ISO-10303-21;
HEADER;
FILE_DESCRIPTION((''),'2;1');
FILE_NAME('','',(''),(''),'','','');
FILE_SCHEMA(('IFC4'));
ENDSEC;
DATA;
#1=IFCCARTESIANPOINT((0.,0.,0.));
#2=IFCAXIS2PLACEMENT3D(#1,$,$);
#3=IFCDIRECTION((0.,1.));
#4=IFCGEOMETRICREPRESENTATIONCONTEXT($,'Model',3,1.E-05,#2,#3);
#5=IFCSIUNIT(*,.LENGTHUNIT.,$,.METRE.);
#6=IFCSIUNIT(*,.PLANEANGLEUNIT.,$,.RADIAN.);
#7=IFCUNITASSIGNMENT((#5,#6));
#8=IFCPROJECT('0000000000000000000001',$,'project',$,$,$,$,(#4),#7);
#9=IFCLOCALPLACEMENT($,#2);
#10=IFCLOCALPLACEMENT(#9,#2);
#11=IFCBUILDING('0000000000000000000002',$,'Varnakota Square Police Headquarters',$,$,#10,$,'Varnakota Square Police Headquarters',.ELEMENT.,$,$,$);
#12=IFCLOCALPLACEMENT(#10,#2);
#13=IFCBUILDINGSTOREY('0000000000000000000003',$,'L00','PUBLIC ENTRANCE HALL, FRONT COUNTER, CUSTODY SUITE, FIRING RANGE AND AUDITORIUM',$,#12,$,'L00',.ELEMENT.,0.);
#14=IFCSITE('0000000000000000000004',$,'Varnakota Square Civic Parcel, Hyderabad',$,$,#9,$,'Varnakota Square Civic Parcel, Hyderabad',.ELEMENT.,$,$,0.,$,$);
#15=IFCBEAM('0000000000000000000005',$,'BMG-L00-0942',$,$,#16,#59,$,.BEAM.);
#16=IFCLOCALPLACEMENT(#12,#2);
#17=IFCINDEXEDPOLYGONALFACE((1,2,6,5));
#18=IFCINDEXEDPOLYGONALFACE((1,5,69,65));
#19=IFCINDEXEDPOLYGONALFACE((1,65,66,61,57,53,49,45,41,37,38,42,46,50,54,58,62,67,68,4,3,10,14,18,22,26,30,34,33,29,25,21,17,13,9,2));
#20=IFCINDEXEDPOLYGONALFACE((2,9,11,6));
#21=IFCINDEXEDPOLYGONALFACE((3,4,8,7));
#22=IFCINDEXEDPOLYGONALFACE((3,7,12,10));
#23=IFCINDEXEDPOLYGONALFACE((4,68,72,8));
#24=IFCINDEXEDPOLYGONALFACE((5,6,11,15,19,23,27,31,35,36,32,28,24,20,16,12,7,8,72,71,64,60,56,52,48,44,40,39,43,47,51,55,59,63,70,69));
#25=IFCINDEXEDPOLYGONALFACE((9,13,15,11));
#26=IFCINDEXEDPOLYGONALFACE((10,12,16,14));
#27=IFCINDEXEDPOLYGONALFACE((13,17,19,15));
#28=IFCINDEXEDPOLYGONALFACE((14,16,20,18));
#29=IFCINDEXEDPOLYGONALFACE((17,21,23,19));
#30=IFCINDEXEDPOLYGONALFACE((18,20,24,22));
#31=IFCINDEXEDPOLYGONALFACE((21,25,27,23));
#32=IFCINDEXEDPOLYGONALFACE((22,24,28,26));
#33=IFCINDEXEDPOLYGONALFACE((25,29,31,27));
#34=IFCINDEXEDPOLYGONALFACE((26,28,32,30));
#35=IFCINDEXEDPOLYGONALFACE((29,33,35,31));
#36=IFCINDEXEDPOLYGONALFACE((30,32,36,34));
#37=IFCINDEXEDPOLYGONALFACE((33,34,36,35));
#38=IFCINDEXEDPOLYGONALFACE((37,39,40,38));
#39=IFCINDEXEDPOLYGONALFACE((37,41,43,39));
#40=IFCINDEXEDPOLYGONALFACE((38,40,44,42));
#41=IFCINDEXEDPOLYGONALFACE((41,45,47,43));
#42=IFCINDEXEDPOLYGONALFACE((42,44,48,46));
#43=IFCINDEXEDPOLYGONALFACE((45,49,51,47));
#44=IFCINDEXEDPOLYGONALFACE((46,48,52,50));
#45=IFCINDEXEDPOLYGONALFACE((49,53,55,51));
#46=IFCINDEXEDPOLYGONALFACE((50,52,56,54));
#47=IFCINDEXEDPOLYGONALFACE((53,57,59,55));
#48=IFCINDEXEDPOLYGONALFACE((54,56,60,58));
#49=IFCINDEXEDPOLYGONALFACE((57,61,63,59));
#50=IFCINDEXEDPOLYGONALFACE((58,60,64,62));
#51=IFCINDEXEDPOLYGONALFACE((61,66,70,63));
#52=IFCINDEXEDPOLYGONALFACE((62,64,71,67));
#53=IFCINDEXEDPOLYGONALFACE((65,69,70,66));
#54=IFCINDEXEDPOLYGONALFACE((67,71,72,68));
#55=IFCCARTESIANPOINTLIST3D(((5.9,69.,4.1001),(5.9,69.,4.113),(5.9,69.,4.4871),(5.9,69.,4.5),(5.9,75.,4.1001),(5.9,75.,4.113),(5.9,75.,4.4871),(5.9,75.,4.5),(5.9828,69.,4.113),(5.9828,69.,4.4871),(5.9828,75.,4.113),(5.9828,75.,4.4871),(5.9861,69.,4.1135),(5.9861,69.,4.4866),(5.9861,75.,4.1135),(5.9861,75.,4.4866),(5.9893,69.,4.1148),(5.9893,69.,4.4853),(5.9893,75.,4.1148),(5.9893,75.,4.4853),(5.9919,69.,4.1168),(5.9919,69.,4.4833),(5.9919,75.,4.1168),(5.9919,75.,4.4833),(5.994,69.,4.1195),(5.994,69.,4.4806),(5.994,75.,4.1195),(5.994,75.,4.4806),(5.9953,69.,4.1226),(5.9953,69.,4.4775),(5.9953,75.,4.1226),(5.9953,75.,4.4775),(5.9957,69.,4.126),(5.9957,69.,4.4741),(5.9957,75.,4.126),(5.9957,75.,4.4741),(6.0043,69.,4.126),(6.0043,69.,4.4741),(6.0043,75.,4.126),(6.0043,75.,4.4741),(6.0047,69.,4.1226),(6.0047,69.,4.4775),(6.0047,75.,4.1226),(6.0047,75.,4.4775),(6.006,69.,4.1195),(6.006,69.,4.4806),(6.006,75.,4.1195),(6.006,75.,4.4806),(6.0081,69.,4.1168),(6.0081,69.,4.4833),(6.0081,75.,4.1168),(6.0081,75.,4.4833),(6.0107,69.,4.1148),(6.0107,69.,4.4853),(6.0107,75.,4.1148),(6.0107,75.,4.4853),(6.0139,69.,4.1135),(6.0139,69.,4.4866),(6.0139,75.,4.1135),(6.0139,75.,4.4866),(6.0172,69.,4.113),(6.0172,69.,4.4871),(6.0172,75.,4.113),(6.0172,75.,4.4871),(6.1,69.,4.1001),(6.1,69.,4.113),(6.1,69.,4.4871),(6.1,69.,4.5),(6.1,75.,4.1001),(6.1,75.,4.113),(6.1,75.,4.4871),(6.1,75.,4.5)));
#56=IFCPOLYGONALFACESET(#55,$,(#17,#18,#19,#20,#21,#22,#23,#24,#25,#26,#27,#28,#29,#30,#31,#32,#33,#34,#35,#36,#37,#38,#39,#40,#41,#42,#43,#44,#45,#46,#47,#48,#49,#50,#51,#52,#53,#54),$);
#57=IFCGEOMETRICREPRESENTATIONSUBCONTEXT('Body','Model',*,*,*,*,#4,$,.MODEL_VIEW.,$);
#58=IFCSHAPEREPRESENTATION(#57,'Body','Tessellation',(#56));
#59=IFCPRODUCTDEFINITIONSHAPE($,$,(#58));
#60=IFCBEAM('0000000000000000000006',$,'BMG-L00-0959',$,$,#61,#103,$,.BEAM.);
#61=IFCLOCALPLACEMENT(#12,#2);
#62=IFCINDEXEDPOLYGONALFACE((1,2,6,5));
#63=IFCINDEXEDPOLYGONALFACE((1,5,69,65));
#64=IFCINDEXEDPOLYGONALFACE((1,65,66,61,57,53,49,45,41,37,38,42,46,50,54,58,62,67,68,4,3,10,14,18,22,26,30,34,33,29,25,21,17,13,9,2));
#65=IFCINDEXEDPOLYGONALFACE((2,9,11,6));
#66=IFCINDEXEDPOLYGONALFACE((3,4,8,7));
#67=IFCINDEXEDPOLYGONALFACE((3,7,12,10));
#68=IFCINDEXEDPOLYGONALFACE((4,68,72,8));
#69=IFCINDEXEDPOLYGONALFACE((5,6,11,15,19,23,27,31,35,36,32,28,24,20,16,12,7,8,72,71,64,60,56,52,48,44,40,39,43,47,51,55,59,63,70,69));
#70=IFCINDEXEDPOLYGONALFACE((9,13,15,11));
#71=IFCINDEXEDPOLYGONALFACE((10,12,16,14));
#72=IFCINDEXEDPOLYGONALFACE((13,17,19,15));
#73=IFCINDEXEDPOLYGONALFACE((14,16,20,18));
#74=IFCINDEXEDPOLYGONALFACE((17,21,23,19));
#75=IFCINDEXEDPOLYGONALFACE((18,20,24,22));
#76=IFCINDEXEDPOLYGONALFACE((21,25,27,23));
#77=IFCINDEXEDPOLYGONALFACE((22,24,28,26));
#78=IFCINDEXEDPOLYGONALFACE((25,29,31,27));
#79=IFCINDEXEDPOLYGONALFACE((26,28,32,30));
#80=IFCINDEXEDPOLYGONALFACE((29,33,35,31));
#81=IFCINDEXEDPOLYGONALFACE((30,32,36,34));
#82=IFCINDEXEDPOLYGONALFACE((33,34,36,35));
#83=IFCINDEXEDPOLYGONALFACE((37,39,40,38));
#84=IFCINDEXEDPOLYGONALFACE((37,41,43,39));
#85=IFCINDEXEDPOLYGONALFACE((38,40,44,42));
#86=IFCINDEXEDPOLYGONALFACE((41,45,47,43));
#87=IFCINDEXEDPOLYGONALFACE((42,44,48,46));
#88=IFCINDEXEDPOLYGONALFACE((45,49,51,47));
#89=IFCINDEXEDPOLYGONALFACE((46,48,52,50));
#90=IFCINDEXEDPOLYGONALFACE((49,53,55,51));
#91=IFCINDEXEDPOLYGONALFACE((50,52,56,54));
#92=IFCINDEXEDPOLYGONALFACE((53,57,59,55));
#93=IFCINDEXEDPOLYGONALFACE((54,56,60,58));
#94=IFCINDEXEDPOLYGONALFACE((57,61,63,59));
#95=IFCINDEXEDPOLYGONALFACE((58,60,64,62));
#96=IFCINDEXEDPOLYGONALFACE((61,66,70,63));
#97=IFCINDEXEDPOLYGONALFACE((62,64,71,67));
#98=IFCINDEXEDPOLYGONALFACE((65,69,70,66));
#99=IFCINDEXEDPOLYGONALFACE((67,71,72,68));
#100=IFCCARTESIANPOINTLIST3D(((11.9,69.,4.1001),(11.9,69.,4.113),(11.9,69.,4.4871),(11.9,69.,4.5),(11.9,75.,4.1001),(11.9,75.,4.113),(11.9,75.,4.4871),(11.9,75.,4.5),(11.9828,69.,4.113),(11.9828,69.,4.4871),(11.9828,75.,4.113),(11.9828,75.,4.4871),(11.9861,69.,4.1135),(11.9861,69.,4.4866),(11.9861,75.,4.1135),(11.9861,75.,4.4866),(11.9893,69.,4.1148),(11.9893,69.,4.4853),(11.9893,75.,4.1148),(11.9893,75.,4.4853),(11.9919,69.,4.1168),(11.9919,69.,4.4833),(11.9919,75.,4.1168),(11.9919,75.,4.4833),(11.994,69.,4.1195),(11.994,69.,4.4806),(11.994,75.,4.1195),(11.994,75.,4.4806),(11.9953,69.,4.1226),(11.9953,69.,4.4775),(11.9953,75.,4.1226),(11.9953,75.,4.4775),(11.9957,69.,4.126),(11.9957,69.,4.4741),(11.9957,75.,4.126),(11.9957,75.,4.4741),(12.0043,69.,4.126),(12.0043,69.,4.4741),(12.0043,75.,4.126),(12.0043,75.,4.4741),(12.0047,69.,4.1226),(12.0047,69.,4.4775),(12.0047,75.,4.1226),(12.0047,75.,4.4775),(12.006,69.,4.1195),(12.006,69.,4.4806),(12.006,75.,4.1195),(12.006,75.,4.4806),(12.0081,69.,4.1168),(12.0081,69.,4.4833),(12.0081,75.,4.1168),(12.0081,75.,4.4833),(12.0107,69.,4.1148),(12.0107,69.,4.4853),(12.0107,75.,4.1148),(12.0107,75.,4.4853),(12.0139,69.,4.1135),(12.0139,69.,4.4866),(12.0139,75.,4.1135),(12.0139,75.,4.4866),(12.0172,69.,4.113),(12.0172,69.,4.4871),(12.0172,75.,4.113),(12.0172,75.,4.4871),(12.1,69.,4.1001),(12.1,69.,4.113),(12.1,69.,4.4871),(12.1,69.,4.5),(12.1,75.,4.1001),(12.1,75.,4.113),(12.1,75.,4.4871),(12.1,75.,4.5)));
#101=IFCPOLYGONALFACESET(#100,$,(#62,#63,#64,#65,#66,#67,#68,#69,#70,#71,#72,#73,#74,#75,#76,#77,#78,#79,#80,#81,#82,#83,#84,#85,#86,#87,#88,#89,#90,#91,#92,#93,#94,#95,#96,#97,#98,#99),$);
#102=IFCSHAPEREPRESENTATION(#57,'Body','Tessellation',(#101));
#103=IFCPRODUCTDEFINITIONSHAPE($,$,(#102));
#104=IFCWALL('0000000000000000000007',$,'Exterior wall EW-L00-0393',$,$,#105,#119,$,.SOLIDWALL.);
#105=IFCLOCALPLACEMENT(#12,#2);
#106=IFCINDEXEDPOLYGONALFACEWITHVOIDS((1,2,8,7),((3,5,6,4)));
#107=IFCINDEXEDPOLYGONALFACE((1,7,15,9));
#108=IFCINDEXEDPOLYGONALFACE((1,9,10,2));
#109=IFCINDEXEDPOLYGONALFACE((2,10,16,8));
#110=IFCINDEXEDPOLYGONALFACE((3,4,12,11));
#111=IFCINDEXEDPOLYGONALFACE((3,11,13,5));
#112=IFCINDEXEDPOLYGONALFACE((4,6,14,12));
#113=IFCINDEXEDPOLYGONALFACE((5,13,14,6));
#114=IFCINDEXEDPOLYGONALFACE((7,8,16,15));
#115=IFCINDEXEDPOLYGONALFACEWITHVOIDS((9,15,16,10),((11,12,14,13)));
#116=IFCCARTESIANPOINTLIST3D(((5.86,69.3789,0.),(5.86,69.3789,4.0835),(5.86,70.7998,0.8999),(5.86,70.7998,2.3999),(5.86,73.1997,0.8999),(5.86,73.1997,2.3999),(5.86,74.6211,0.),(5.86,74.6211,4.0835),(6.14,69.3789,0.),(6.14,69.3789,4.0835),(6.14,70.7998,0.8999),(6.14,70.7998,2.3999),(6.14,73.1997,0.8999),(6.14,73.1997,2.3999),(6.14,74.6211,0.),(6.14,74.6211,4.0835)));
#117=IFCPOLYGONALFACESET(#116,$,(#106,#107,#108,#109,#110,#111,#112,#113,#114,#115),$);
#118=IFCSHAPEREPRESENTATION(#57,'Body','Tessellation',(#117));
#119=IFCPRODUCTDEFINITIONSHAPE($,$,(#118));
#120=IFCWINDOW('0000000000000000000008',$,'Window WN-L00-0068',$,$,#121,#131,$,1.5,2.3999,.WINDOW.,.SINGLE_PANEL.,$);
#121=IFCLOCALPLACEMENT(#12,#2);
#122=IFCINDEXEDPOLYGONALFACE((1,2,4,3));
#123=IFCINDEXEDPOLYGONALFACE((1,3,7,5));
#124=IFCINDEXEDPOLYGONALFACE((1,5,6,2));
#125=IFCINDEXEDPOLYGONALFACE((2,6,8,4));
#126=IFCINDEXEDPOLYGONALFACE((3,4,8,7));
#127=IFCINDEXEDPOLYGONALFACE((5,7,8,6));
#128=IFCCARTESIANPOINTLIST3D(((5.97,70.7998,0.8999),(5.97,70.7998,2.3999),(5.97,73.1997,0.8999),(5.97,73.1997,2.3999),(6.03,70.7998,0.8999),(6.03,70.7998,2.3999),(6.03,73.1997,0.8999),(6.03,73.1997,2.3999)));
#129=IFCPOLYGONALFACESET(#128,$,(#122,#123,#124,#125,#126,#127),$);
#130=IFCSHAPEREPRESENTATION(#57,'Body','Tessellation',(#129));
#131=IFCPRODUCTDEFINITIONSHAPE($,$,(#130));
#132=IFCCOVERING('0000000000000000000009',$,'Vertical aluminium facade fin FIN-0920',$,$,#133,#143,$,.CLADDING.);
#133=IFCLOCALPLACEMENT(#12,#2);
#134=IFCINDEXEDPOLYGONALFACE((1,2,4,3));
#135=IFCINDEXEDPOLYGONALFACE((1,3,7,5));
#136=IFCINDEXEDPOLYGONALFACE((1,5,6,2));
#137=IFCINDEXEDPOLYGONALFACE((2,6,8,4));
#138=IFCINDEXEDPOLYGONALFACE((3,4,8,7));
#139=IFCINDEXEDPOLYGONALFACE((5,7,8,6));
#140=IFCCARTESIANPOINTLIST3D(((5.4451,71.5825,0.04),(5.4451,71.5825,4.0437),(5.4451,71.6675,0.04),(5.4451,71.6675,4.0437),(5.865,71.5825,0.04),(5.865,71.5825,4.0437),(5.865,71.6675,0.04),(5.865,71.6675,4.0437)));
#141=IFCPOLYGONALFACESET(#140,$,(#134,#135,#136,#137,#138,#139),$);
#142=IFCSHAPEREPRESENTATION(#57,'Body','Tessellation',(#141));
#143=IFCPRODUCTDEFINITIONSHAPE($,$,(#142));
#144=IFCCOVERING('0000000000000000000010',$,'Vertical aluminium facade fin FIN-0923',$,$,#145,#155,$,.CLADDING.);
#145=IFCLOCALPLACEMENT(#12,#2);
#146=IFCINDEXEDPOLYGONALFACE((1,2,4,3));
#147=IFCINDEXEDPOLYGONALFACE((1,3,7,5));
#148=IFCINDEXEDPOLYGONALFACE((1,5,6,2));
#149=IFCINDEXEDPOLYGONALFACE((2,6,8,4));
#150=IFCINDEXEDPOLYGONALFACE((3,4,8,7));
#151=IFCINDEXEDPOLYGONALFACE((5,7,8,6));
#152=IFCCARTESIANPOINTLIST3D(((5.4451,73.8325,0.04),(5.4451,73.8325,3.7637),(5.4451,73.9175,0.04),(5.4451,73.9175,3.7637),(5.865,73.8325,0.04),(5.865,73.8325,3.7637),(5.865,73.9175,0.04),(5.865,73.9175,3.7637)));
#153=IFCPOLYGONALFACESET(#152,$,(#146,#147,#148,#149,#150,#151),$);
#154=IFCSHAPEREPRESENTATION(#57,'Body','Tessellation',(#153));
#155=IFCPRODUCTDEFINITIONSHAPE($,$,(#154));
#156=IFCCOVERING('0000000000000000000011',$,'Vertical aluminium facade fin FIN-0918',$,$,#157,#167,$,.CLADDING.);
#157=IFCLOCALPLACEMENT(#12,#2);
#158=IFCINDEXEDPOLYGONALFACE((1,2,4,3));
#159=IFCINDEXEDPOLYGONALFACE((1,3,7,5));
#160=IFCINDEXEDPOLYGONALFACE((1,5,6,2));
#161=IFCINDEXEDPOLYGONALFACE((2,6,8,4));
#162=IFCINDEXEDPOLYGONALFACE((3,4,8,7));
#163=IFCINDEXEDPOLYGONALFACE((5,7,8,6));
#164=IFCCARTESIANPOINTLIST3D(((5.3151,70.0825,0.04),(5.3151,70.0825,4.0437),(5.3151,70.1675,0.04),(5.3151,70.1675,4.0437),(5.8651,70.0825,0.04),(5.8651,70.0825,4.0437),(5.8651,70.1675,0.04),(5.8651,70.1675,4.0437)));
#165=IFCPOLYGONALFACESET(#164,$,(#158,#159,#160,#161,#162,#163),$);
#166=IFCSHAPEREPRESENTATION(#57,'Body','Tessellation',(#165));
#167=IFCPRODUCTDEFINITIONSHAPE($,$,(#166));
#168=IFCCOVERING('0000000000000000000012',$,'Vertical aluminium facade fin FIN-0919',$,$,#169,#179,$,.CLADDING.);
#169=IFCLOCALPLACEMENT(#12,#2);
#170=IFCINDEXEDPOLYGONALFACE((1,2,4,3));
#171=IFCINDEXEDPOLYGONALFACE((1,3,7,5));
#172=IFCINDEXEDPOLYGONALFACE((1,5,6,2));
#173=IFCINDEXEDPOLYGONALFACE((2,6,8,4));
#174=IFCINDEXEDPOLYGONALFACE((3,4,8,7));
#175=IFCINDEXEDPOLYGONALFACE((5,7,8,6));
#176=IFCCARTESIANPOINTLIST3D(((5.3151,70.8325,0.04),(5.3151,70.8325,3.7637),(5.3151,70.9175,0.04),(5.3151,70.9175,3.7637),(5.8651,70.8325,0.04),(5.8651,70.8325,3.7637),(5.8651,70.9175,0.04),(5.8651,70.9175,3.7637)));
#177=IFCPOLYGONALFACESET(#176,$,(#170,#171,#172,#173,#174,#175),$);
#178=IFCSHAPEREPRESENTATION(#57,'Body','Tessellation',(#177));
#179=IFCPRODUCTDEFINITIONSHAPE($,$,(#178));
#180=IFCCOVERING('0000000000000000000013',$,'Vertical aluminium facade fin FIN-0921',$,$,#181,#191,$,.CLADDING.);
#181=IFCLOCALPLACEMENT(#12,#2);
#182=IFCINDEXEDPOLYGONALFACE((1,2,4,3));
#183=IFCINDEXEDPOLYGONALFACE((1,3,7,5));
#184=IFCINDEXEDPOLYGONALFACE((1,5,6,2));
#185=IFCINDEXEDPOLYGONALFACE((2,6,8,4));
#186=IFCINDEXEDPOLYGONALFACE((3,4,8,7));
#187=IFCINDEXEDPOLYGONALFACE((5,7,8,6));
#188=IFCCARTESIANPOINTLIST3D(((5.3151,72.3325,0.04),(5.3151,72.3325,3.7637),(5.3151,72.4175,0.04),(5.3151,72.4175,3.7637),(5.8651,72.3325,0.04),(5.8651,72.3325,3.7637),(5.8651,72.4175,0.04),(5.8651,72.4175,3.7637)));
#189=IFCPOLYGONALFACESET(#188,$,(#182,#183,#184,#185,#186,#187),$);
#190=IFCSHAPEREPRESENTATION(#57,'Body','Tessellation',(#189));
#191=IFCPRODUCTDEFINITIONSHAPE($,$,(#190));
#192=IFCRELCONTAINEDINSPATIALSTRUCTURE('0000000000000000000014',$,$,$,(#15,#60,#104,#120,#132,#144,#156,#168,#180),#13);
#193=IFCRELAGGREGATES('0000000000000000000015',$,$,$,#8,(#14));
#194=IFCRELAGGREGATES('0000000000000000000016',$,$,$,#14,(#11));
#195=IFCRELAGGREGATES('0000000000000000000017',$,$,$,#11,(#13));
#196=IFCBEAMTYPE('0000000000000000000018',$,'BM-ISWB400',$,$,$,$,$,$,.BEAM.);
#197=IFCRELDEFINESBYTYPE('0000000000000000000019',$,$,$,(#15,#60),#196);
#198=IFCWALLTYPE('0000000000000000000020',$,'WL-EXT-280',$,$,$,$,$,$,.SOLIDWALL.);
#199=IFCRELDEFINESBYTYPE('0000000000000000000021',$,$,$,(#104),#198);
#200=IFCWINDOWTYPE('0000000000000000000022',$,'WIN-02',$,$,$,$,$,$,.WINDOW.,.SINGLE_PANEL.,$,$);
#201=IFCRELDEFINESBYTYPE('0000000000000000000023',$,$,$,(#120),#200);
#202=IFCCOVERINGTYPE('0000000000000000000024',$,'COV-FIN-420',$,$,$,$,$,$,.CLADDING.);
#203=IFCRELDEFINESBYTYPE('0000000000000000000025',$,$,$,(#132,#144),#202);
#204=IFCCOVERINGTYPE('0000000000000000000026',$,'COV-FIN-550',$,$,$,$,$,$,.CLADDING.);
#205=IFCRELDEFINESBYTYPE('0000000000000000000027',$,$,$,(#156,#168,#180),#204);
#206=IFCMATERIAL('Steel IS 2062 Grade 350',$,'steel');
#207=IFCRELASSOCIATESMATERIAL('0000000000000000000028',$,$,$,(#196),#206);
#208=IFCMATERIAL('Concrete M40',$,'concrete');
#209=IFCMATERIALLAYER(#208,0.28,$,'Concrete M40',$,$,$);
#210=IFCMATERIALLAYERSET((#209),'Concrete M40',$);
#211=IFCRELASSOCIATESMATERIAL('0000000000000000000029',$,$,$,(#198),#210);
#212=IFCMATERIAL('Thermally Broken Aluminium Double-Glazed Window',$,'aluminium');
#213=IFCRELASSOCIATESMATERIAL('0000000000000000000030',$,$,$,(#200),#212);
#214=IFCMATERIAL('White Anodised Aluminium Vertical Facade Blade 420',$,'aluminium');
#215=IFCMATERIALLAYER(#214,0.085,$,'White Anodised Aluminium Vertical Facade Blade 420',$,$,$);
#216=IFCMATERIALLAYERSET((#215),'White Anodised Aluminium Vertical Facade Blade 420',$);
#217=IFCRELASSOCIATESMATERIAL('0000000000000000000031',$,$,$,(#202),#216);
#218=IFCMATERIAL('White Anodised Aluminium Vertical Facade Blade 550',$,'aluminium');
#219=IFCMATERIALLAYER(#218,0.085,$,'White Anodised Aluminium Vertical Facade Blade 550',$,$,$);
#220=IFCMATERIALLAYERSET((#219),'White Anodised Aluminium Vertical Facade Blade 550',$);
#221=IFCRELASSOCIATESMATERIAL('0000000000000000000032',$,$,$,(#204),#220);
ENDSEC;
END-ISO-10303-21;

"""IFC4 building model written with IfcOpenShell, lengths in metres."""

from ifc_helpers import new_model, si_unit, direction, frame, frame_2d, origin, origin_2d, place, context, subcontext, project, spatial, rectangle, i_section, extrude, material, layer, layer_set, material_profile, profile_set, type_object, element, fill, save


model = new_model("IFC4")

# Units and contexts
model_context = context("Model", 3, precision=1e-05, world=origin(), true_north=direction((0.0, 1.0)))
body_context = subcontext(model_context, "Body", "Model", "MODEL_VIEW")
ifc_project = project(units=[si_unit("LENGTHUNIT", "METRE"), si_unit("PLANEANGLEUNIT", "RADIAN")], contexts=[model_context])

# Site, building, storey
site_placement = place(None, origin())
site = spatial("IfcSite", under=ifc_project, at=site_placement, Name="Varnakota Square Civic Parcel, Hyderabad", LongName="Varnakota Square Civic Parcel, Hyderabad", CompositionType="ELEMENT", RefElevation=0.0)
building_placement = place(site_placement, origin())
building = spatial("IfcBuilding", under=site, at=building_placement, Name="Varnakota Square Police Headquarters", LongName="Varnakota Square Police Headquarters", CompositionType="ELEMENT")
storey_placement = place(building_placement, origin())
storey = spatial("IfcBuildingStorey", under=building, at=storey_placement, Name="L00", Description="PUBLIC ENTRANCE HALL, FRONT COUNTER, CUSTODY SUITE, FIRING RANGE AND AUDITORIUM", LongName="L00", CompositionType="ELEMENT", Elevation=0.0)

# Beams
ifc_material_1 = material(Name="Steel IS 2062 Grade 350", Category="steel")
ifc_material_profile_1 = material_profile(ifc_material_1, i_section(OverallWidth=0.2, OverallDepth=0.3999, WebThickness=0.0085, FlangeThickness=0.0129, FilletRadius=0.0129, at=origin_2d()), Name="ISWB 400")
ifc_profile_set_1 = profile_set([ifc_material_profile_1], Name="Steel IS 2062 Grade 350")
beam_type_1 = type_object("IfcBeamType", Name="BM-ISWB400", PredefinedType="BEAM", material=ifc_profile_set_1)
for number, where, z_axis, x_axis, name in (
    (1, (6.0, 69.0, 4.3), (0.0, 1.0, 0.0), (-1.0, 0.0, 0.0), "BMG-L00-0942"),
    (2, (12.0, 69.0, 4.3), (0.0, 1.0, 0.0), (-1.0, 0.0, 0.0), "BMG-L00-0959"),
):
    element("IfcBeam", number, at=place(storey_placement, frame(where, z_axis=z_axis, x_axis=x_axis)), inside=storey, type_object=beam_type_1, Name=name, PredefinedType="BEAM", context=body_context, shape_type="SweptSolid", body=[
        extrude(i_section(OverallWidth=0.2, OverallDepth=0.3999, WebThickness=0.0085, FlangeThickness=0.0129, FilletRadius=0.0129, at=origin_2d()), origin(), (0.0, 0.0, 1.0), 6.0),
    ])

# Wall, opening, window
ifc_material_2 = material(Name="Concrete M40", Category="concrete")
ifc_layer_1 = layer(ifc_material_2, 0.28, Name="Concrete M40")
ifc_layer_set_1 = layer_set([ifc_layer_1], Name="Concrete M40")
wall_type = type_object("IfcWallType", Name="WL-EXT-280", PredefinedType="SOLIDWALL", material=ifc_layer_set_1)
wall_placement = place(storey_placement, frame((6.0, 69.3789, 0.0), z_axis=(0.0, 0.0, 1.0), x_axis=(0.0, 1.0, 0.0)))
wall = element("IfcWall", 3, at=wall_placement, inside=storey, type_object=wall_type, Name="Exterior wall EW-L00-0393", PredefinedType="SOLIDWALL", context=body_context, shape_type="SweptSolid", body=[
    extrude(rectangle(XDim=5.2422, YDim=0.28, at=frame_2d((2.6211, 0.0))), origin(), (0.0, 0.0, 1.0), 4.0835),
])
opening_placement = place(wall_placement, frame((1.4209, 0.0, 0.8999)))
opening = element("IfcOpeningElement", 4, at=opening_placement, cuts=wall, PredefinedType="OPENING", context=body_context, shape_type="SweptSolid", body=[
    extrude(rectangle(XDim=2.3999, YDim=1.5, at=frame_2d((1.2, 0.75))), frame((0.0, 0.1499, 0.0), z_axis=(0.0, -1.0, 0.0), x_axis=(1.0, 0.0, 0.0)), (0.0, 0.0, 1.0), 0.3),
])
ifc_material_3 = material(Name="Thermally Broken Aluminium Double-Glazed Window", Category="aluminium")
window_type = type_object("IfcWindowType", Name="WIN-02", PartitioningType="SINGLE_PANEL", PredefinedType="WINDOW", material=ifc_material_3)
window_placement = place(opening_placement, origin())
window = element("IfcWindow", 5, at=window_placement, inside=storey, type_object=window_type, Name="Window WN-L00-0068", OverallHeight=1.5, OverallWidth=2.3999, PartitioningType="SINGLE_PANEL", PredefinedType="WINDOW", context=body_context, shape_type="SweptSolid", body=[
    extrude(rectangle(XDim=2.3999, YDim=1.5, at=frame_2d((1.2, 0.75))), frame((0.0, 0.03, 0.0), z_axis=(0.0, -1.0, 0.0), x_axis=(1.0, 0.0, 0.0)), (0.0, 0.0, 1.0), 0.0601),
])
fill(opening, window)

# Coverings
ifc_material_4 = material(Name="White Anodised Aluminium Vertical Facade Blade 420", Category="aluminium")
ifc_layer_2 = layer(ifc_material_4, 0.085, Name="White Anodised Aluminium Vertical Facade Blade 420")
ifc_layer_set_2 = layer_set([ifc_layer_2], Name="White Anodised Aluminium Vertical Facade Blade 420")
covering_type_1 = type_object("IfcCoveringType", Name="COV-FIN-420", PredefinedType="CLADDING", material=ifc_layer_set_2)
covering_1_placement = place(storey_placement, frame((5.655, 71.625, 0.04), z_axis=(0.0, 0.0, 1.0), x_axis=(0.0, 1.0, 0.0)))
element("IfcCovering", 6, at=covering_1_placement, inside=storey, type_object=covering_type_1, Name="Vertical aluminium facade fin FIN-0920", PredefinedType="CLADDING", context=body_context, shape_type="SweptSolid", body=[
    extrude(rectangle(XDim=0.085, YDim=0.4199, at=origin_2d()), origin(), (0.0, 0.0, 1.0), 4.0037),
])
covering_2_placement = place(storey_placement, frame((5.655, 73.875, 0.04), z_axis=(0.0, 0.0, 1.0), x_axis=(0.0, 1.0, 0.0)))
element("IfcCovering", 7, at=covering_2_placement, inside=storey, type_object=covering_type_1, Name="Vertical aluminium facade fin FIN-0923", PredefinedType="CLADDING", context=body_context, shape_type="SweptSolid", body=[
    extrude(rectangle(XDim=0.085, YDim=0.4199, at=origin_2d()), origin(), (0.0, 0.0, 1.0), 3.7236),
])
ifc_material_5 = material(Name="White Anodised Aluminium Vertical Facade Blade 550", Category="aluminium")
ifc_layer_3 = layer(ifc_material_5, 0.085, Name="White Anodised Aluminium Vertical Facade Blade 550")
ifc_layer_set_3 = layer_set([ifc_layer_3], Name="White Anodised Aluminium Vertical Facade Blade 550")
covering_type_2 = type_object("IfcCoveringType", Name="COV-FIN-550", PredefinedType="CLADDING", material=ifc_layer_set_3)
covering_3_placement = place(storey_placement, frame((5.5901, 70.125, 0.04), z_axis=(0.0, 0.0, 1.0), x_axis=(0.0, 1.0, 0.0)))
element("IfcCovering", 8, at=covering_3_placement, inside=storey, type_object=covering_type_2, Name="Vertical aluminium facade fin FIN-0918", PredefinedType="CLADDING", context=body_context, shape_type="SweptSolid", body=[
    extrude(rectangle(XDim=0.085, YDim=0.55, at=origin_2d()), origin(), (0.0, 0.0, 1.0), 4.0037),
])
for number, where, z_axis, x_axis, name in (
    (9, (5.5901, 70.875, 0.04), (0.0, 0.0, 1.0), (0.0, 1.0, 0.0), "Vertical aluminium facade fin FIN-0919"),
    (10, (5.5901, 72.375, 0.04), (0.0, 0.0, 1.0), (0.0, 1.0, 0.0), "Vertical aluminium facade fin FIN-0921"),
):
    element("IfcCovering", number, at=place(storey_placement, frame(where, z_axis=z_axis, x_axis=x_axis)), inside=storey, type_object=covering_type_2, Name=name, PredefinedType="CLADDING", context=body_context, shape_type="SweptSolid", body=[
        extrude(rectangle(XDim=0.085, YDim=0.55, at=origin_2d()), origin(), (0.0, 0.0, 1.0), 3.7236),
    ])

save(model, "model.ifc")
